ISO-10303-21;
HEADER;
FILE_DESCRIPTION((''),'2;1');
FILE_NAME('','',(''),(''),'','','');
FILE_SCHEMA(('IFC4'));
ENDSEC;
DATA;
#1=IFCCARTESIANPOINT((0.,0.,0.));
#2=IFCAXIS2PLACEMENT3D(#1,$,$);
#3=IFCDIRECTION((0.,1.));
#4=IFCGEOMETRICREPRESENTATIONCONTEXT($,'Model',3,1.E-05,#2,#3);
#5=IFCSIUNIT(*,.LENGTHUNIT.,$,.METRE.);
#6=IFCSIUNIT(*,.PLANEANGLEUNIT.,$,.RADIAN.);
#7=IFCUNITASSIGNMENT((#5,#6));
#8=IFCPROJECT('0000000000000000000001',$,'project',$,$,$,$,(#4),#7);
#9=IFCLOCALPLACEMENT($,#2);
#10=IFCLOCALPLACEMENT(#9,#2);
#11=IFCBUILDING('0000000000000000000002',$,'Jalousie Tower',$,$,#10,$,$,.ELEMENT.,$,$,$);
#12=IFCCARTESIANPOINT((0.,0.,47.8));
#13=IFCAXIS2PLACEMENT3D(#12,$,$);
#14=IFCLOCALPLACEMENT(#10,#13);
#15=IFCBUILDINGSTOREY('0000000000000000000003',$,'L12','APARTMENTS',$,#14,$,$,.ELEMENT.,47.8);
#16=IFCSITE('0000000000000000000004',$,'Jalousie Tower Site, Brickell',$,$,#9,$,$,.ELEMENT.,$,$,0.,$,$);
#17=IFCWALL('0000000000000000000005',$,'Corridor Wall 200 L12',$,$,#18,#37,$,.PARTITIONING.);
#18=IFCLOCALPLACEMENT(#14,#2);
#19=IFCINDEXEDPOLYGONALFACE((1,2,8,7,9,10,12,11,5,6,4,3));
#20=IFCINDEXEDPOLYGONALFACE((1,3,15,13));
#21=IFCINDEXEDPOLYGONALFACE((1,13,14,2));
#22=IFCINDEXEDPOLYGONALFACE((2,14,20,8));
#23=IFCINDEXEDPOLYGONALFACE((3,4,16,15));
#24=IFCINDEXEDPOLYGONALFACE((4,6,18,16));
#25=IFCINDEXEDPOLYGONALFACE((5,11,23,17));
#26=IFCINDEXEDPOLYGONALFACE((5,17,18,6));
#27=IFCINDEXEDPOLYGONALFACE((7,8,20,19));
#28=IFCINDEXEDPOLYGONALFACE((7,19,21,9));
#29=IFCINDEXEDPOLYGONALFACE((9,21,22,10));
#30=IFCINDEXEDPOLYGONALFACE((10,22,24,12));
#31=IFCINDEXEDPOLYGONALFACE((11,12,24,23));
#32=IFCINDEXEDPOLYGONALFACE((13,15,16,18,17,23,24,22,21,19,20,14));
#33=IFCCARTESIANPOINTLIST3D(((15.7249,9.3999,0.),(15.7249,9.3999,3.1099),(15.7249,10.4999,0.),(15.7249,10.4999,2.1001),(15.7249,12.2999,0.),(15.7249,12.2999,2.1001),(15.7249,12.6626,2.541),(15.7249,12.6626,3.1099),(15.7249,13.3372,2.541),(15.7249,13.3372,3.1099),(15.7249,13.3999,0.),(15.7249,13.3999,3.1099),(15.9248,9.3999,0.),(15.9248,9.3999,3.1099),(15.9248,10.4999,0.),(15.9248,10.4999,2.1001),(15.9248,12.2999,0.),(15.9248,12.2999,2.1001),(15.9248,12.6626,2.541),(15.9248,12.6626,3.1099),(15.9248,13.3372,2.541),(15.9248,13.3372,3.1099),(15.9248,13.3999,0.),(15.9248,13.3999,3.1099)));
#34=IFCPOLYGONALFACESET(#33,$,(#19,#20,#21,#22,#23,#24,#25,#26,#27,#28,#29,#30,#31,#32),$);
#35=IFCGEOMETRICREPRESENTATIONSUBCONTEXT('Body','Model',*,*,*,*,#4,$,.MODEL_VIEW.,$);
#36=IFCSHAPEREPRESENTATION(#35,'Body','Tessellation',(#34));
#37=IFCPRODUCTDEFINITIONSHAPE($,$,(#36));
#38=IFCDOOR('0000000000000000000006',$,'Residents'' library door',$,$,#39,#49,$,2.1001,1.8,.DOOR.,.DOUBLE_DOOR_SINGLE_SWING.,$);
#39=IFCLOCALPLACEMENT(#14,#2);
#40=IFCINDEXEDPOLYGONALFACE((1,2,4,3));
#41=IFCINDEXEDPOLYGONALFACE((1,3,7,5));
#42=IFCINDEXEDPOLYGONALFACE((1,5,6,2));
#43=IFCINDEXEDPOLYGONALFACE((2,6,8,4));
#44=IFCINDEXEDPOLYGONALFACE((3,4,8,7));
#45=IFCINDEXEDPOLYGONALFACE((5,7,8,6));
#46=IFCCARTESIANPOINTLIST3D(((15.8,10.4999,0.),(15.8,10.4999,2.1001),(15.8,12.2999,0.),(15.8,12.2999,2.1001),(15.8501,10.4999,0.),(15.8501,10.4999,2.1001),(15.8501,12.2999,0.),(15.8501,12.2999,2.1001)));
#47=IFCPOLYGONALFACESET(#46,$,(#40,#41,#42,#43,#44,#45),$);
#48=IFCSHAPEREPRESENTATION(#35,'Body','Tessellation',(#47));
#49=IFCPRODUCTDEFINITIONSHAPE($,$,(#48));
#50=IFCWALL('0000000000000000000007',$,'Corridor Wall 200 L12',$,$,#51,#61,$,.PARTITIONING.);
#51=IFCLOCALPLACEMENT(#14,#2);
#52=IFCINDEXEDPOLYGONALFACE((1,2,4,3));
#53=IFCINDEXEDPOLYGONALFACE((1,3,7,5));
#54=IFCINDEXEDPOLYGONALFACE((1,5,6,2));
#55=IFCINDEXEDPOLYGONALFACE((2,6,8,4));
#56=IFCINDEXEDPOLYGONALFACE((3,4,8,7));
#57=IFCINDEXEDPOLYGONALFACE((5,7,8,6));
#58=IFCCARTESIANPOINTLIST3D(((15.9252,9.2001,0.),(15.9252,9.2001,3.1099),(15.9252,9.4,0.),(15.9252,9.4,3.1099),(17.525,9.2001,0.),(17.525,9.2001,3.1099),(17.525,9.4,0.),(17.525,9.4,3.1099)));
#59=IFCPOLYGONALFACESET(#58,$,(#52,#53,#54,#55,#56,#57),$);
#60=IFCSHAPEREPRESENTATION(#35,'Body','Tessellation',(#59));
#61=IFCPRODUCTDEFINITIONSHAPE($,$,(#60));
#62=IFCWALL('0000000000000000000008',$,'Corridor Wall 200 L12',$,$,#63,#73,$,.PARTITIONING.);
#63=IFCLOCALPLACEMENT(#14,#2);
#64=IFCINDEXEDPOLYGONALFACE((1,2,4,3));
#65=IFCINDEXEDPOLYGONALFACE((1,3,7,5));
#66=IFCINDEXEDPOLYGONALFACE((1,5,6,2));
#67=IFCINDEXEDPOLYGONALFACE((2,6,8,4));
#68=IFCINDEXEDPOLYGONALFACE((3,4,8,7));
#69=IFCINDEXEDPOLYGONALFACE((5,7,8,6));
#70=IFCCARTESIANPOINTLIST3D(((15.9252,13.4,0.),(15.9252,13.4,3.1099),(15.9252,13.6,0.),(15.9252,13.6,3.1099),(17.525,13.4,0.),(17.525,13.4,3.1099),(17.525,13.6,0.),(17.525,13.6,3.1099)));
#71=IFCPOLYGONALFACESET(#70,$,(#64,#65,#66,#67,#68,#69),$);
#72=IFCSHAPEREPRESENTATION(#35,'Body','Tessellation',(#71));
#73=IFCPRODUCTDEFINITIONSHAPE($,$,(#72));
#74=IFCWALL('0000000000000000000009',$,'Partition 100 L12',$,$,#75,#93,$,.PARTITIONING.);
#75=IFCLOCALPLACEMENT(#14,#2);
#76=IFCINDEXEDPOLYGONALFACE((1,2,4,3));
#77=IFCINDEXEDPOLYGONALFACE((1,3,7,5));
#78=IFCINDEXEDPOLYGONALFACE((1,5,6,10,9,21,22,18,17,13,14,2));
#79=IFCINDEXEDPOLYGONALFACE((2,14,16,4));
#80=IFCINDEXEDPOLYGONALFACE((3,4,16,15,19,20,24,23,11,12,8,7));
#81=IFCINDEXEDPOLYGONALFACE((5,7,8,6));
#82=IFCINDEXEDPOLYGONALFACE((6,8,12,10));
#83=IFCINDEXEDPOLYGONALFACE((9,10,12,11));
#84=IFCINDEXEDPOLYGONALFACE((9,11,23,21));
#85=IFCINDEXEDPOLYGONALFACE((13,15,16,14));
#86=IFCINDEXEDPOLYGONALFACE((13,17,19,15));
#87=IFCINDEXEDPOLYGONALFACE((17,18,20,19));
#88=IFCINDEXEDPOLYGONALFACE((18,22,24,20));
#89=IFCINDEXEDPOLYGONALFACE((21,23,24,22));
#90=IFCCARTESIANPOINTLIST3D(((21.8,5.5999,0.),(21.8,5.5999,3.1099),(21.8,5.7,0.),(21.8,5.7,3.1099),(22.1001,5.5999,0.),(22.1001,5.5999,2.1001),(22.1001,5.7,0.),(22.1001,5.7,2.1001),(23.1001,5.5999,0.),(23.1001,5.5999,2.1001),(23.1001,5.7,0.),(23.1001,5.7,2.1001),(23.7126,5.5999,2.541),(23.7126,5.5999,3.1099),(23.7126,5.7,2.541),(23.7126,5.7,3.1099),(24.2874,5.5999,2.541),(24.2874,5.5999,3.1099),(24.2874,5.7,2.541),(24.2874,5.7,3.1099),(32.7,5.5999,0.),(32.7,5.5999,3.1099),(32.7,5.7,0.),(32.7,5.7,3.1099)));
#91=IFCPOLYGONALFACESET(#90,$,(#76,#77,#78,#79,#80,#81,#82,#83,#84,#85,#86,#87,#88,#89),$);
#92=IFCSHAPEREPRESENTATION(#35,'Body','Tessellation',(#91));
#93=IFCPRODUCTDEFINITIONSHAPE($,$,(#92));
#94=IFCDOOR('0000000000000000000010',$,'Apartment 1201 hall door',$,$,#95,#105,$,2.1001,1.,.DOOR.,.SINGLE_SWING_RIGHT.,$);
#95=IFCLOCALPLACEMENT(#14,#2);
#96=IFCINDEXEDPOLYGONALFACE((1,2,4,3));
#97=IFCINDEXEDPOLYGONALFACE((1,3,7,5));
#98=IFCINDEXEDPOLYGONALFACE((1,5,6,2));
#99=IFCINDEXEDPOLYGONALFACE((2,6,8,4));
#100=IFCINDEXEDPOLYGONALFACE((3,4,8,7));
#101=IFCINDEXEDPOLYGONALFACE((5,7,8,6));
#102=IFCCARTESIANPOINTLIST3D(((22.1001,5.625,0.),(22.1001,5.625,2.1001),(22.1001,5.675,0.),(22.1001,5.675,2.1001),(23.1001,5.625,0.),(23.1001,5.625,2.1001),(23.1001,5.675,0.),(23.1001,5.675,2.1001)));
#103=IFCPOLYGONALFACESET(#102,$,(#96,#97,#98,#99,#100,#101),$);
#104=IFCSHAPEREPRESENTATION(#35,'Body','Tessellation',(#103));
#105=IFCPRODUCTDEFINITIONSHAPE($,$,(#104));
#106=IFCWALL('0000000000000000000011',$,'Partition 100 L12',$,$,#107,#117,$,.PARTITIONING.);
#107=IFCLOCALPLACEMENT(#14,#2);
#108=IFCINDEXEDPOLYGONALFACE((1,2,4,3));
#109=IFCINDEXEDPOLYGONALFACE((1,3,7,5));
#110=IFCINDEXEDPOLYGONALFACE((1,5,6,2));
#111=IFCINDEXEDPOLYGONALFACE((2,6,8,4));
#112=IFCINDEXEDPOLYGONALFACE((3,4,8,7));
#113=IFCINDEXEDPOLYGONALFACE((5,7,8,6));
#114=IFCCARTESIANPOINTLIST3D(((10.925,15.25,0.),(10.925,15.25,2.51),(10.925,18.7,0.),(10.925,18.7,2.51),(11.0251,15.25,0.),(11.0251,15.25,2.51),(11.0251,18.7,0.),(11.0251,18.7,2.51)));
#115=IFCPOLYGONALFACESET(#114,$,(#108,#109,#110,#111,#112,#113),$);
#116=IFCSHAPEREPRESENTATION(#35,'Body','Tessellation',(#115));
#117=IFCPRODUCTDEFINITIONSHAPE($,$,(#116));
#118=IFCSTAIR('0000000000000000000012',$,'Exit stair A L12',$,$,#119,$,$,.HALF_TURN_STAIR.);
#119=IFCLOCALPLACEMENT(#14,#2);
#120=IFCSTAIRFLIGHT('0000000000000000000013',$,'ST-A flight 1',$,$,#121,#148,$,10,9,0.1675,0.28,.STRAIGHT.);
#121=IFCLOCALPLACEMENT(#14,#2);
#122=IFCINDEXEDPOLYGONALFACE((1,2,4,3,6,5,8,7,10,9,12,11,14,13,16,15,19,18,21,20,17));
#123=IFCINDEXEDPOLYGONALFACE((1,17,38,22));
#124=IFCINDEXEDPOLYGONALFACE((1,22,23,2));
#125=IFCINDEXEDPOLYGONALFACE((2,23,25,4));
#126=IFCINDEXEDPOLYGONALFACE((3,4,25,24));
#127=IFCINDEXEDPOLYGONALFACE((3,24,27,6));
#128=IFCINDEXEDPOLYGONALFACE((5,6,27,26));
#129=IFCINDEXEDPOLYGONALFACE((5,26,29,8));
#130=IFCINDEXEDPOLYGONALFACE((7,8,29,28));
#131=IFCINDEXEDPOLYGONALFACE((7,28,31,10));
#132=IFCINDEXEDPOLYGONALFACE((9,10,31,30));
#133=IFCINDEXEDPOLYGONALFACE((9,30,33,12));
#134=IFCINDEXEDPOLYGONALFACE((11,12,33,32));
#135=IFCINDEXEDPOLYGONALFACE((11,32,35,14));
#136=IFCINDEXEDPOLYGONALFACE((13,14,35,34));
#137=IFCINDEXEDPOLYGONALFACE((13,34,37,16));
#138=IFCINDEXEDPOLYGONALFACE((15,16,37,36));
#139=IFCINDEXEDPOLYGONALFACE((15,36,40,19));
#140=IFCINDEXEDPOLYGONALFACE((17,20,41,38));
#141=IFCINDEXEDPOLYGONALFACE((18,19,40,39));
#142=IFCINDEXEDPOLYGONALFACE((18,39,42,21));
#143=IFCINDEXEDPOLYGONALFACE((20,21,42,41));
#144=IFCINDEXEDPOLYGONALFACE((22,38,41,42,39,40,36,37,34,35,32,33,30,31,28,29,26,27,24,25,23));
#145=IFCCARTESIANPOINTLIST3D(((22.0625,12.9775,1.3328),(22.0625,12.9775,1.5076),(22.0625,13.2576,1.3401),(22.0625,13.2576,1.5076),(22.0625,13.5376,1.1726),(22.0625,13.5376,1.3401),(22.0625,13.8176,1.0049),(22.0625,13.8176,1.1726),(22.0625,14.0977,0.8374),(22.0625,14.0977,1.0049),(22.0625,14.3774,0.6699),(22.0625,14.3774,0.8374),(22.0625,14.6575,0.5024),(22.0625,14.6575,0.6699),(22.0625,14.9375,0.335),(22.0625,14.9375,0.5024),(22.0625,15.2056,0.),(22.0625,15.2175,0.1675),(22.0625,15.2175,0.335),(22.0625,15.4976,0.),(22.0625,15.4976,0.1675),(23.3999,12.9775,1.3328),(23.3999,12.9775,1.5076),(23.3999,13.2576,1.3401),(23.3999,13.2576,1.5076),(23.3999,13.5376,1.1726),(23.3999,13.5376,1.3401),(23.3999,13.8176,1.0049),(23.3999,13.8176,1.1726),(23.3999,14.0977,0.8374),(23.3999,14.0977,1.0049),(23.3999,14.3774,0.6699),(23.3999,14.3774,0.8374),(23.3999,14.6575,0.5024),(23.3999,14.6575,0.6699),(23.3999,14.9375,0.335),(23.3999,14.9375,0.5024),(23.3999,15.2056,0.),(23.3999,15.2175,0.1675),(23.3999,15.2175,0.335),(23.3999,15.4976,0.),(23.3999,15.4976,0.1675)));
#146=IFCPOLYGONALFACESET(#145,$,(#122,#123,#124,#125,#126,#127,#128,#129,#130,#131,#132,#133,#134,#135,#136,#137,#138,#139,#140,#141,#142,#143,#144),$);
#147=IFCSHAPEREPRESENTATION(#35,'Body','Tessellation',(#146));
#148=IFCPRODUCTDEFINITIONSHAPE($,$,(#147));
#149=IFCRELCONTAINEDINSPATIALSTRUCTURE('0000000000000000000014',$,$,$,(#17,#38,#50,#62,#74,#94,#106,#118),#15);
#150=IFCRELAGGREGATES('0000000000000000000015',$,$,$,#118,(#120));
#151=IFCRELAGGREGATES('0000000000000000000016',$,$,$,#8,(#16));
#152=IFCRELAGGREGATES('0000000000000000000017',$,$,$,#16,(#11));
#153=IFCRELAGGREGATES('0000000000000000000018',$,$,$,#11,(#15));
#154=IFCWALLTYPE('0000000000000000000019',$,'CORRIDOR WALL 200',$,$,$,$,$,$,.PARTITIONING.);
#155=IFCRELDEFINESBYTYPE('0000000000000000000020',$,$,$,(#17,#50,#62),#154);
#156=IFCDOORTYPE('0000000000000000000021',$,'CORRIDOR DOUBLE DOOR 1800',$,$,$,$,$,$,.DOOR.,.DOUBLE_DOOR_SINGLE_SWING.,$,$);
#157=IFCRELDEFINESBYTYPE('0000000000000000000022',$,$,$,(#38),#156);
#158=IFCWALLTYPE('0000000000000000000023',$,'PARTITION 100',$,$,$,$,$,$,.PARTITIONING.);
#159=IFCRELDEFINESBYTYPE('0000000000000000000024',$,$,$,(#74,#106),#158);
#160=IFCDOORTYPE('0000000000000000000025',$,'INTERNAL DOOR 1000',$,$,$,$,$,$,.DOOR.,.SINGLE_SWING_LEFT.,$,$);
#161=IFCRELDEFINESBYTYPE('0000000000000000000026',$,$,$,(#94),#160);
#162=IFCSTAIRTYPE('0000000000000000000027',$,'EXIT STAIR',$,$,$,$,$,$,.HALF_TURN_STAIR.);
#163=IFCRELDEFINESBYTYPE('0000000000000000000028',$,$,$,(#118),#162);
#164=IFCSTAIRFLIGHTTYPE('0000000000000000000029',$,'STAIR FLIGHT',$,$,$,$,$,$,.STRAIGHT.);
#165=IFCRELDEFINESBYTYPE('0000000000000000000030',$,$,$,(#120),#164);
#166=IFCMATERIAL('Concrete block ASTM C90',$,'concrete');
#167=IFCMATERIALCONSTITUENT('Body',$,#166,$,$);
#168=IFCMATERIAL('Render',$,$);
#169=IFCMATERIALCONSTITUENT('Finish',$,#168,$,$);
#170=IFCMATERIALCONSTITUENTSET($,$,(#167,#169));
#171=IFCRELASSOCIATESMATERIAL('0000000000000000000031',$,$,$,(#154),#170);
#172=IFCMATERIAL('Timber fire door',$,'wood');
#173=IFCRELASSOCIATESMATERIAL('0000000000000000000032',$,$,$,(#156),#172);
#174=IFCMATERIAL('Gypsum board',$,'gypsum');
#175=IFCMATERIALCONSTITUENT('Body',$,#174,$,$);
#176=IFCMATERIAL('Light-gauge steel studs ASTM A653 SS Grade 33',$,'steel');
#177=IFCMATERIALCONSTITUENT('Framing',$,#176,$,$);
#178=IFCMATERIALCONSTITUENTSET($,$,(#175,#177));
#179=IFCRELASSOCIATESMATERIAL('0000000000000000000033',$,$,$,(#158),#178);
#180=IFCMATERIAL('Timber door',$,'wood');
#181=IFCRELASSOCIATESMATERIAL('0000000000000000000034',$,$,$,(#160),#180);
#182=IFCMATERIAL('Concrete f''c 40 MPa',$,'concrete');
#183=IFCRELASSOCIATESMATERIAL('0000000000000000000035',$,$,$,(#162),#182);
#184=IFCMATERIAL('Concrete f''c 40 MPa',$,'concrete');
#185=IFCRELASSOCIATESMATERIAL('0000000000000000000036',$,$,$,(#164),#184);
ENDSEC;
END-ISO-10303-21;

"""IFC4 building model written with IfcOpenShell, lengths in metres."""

from ifc_helpers import new_model, si_unit, direction, frame, frame_2d, origin, place, context, subcontext, project, spatial, polyline, rectangle, outline, extrude, material, constituent, constituent_set, type_object, element, fill, aggregate, save


model = new_model("IFC4")

# Units and contexts
model_context = context("Model", 3, precision=1e-05, world=origin(), true_north=direction((0.0, 1.0)))
body_context = subcontext(model_context, "Body", "Model", "MODEL_VIEW")
ifc_project = project(units=[si_unit("LENGTHUNIT", "METRE"), si_unit("PLANEANGLEUNIT", "RADIAN")], contexts=[model_context])

# Site, building, storey
site_placement = place(None, origin())
site = spatial("IfcSite", under=ifc_project, at=site_placement, Name="Jalousie Tower Site, Brickell", CompositionType="ELEMENT", RefElevation=0.0)
building_placement = place(site_placement, origin())
building = spatial("IfcBuilding", under=site, at=building_placement, Name="Jalousie Tower", CompositionType="ELEMENT")
storey_placement = place(building_placement, frame((0.0, 0.0, 47.8)))
storey = spatial("IfcBuildingStorey", under=building, at=storey_placement, Name="L12", Description="APARTMENTS", CompositionType="ELEMENT", Elevation=47.8)

# Shared definitions
ifc_material_1 = material(Name="Concrete block ASTM C90", Category="concrete")
ifc_constituent_1 = constituent(ifc_material_1, Name="Body")
ifc_material_2 = material(Name="Render")
ifc_constituent_2 = constituent(ifc_material_2, Name="Finish")
ifc_constituent_set_1 = constituent_set(constituents=[ifc_constituent_1, ifc_constituent_2])
wall_type_1 = type_object("IfcWallType", Name="CORRIDOR WALL 200", PredefinedType="PARTITIONING", material=ifc_constituent_set_1)

# Wall, opening, door
wall_1_placement = place(storey_placement, frame((15.825, 9.3999, 0.0), z_axis=(0.0, 0.0, 1.0), x_axis=(0.0, 1.0, 0.0)))
wall_1 = element("IfcWall", 1, at=wall_1_placement, inside=storey, type_object=wall_type_1, Name="Corridor Wall 200 L12", PredefinedType="PARTITIONING", context=body_context, shape_type="SweptSolid", body=[
    extrude(outline(polyline([(0.0, 0.0), (4.0, 0.0), (4.0, 3.1099), (3.9373, 3.1099), (3.9373, 2.541), (3.2627, 2.541), (3.2627, 3.1099), (0.0, 3.1099), (0.0, 0.0)])), frame((0.0, 0.1001, 0.0), z_axis=(0.0, -1.0, 0.0), x_axis=(1.0, 0.0, 0.0)), (0.0, 0.0, 1.0), 0.2),
])
opening_1_placement = place(wall_1_placement, frame((1.1001, 0.0, 0.0)))
opening_1 = element("IfcOpeningElement", 2, at=opening_1_placement, cuts=wall_1, PredefinedType="OPENING", context=body_context, shape_type="SweptSolid", body=[
    extrude(rectangle(XDim=1.8, YDim=2.1001, at=frame_2d((0.8999, 1.05))), frame((0.0, 0.1099, 0.0), z_axis=(0.0, -1.0, 0.0), x_axis=(1.0, 0.0, 0.0)), (0.0, 0.0, 1.0), 0.22),
])
ifc_material_3 = material(Name="Timber fire door", Category="wood")
door_type_1 = type_object("IfcDoorType", Name="CORRIDOR DOUBLE DOOR 1800", OperationType="DOUBLE_DOOR_SINGLE_SWING", PredefinedType="DOOR", material=ifc_material_3)
door_1_placement = place(opening_1_placement, origin())
door_1 = element("IfcDoor", 3, at=door_1_placement, inside=storey, type_object=door_type_1, Name="Residents' library door", OperationType="DOUBLE_DOOR_SINGLE_SWING", OverallHeight=2.1001, OverallWidth=1.8, PredefinedType="DOOR", context=body_context, shape_type="SweptSolid", body=[
    extrude(rectangle(XDim=1.8, YDim=2.1001, at=frame_2d((0.8999, 1.05))), frame((0.0, 0.0249, 0.0), z_axis=(0.0, -1.0, 0.0), x_axis=(1.0, 0.0, 0.0)), (0.0, 0.0, 1.0), 0.05),
])
fill(opening_1, door_1)

# Walls
for number, where, z_axis, x_axis, name in (
    (4, (17.5249, 9.3, 0.0), (0.0, 0.0, 1.0), (-1.0, 0.0, 0.0), "Corridor Wall 200 L12"),
    (5, (17.5249, 13.5, 0.0), (0.0, 0.0, 1.0), (-1.0, 0.0, 0.0), "Corridor Wall 200 L12"),
):
    element("IfcWall", number, at=place(storey_placement, frame(where, z_axis=z_axis, x_axis=x_axis)), inside=storey, type_object=wall_type_1, Name=name, PredefinedType="PARTITIONING", context=body_context, shape_type="SweptSolid", body=[
        extrude(rectangle(XDim=1.5999, YDim=0.2, at=frame_2d((0.7998, 0.0))), origin(), (0.0, 0.0, 1.0), 3.1099),
    ])

# Wall, opening, door
ifc_material_4 = material(Name="Gypsum board", Category="gypsum")
ifc_constituent_3 = constituent(ifc_material_4, Name="Body")
ifc_material_5 = material(Name="Light-gauge steel studs ASTM A653 SS Grade 33", Category="steel")
ifc_constituent_4 = constituent(ifc_material_5, Name="Framing")
ifc_constituent_set_2 = constituent_set(constituents=[ifc_constituent_3, ifc_constituent_4])
wall_type_2 = type_object("IfcWallType", Name="PARTITION 100", PredefinedType="PARTITIONING", material=ifc_constituent_set_2)
wall_2_placement = place(storey_placement, frame((21.8, 5.6499, 0.0), z_axis=(0.0, 0.0, 1.0), x_axis=(1.0, 0.0, 0.0)))
wall_2 = element("IfcWall", 6, at=wall_2_placement, inside=storey, type_object=wall_type_2, Name="Partition 100 L12", PredefinedType="PARTITIONING", context=body_context, shape_type="SweptSolid", body=[
    extrude(outline(polyline([(0.0, 0.0), (10.8999, 0.0), (10.8999, 3.1099), (2.4873, 3.1099), (2.4873, 2.541), (1.9126, 2.541), (1.9126, 3.1099), (0.0, 3.1099), (0.0, 0.0)])), frame((0.0, 0.05, 0.0), z_axis=(0.0, -1.0, 0.0), x_axis=(1.0, 0.0, 0.0)), (0.0, 0.0, 1.0), 0.1001),
])
opening_2_placement = place(wall_2_placement, frame((0.3, 0.0, 0.0)))
opening_2 = element("IfcOpeningElement", 7, at=opening_2_placement, cuts=wall_2, PredefinedType="OPENING", context=body_context, shape_type="SweptSolid", body=[
    extrude(rectangle(XDim=1.0, YDim=2.1001, at=frame_2d((0.5, 1.05))), frame((0.0, 0.0601, 0.0), z_axis=(0.0, -1.0, 0.0), x_axis=(1.0, 0.0, 0.0)), (0.0, 0.0, 1.0), 0.1201),
])
ifc_material_6 = material(Name="Timber door", Category="wood")
door_type_2 = type_object("IfcDoorType", Name="INTERNAL DOOR 1000", OperationType="SINGLE_SWING_LEFT", PredefinedType="DOOR", material=ifc_material_6)
door_2_placement = place(opening_2_placement, frame((1.0, 0.0, 0.0), z_axis=(0.0, 0.0, 1.0), x_axis=(-1.0, 0.0, 0.0)))
door_2 = element("IfcDoor", 8, at=door_2_placement, inside=storey, type_object=door_type_2, Name="Apartment 1201 hall door", OperationType="SINGLE_SWING_RIGHT", OverallHeight=2.1001, OverallWidth=1.0, PredefinedType="DOOR", context=body_context, shape_type="SweptSolid", body=[
    extrude(rectangle(XDim=1.0, YDim=2.1001, at=frame_2d((0.5, 1.05))), frame((0.0, 0.0249, 0.0), z_axis=(0.0, -1.0, 0.0), x_axis=(1.0, 0.0, 0.0)), (0.0, 0.0, 1.0), 0.05),
])
fill(opening_2, door_2)

# Wall
wall_3_placement = place(storey_placement, frame((10.9751, 15.25, 0.0), z_axis=(0.0, 0.0, 1.0), x_axis=(0.0, 1.0, 0.0)))
element("IfcWall", 9, at=wall_3_placement, inside=storey, type_object=wall_type_2, Name="Partition 100 L12", PredefinedType="PARTITIONING", context=body_context, shape_type="SweptSolid", body=[
    extrude(outline(polyline([(0.0, 0.0), (3.45, 0.0), (3.45, 3.1099), (3.45, 2.51), (0.0, 2.51), (0.0, 3.1099), (0.0, 0.0)])), frame((0.0, 0.05, 0.0), z_axis=(0.0, -1.0, 0.0), x_axis=(1.0, 0.0, 0.0)), (0.0, 0.0, 1.0), 0.1001),
])

# Stair, stair flight
ifc_material_7 = material(Name="Concrete f'c 40 MPa", Category="concrete")
stair_type = type_object("IfcStairType", Name="EXIT STAIR", PredefinedType="HALF_TURN_STAIR", material=ifc_material_7)
stair_placement = place(storey_placement, origin())
stair = element("IfcStair", 10, at=stair_placement, inside=storey, type_object=stair_type, Name="Exit stair A L12", PredefinedType="HALF_TURN_STAIR")
ifc_material_8 = material(Name="Concrete f'c 40 MPa", Category="concrete")
stair_flight_type = type_object("IfcStairFlightType", Name="STAIR FLIGHT", PredefinedType="STRAIGHT", material=ifc_material_8)
stair_flight_1_placement = place(storey_placement, frame((22.7312, 15.4976, 0.0), z_axis=(0.0, 0.0, 1.0), x_axis=(0.0, -1.0, 0.0)))
stair_flight_1 = element("IfcStairFlight", 11, at=stair_flight_1_placement, type_object=stair_flight_type, Name="ST-A flight 1", NumberOfRisers=10, NumberOfTreads=9, PredefinedType="STRAIGHT", RiserHeight=0.1675, TreadLength=0.28, context=body_context, shape_type="SweptSolid", body=[
    extrude(outline(polyline([(0.0, 0.0), (0.0, 0.1675), (0.28, 0.1675), (0.28, 0.335), (0.5601, 0.335), (0.5601, 0.5024), (0.8401, 0.5024), (0.8401, 0.6699), (1.1201, 0.6699), (1.1201, 0.8374), (1.3999, 0.8374), (1.3999, 1.0049), (1.6799, 1.0049), (1.6799, 1.1726), (1.96, 1.1726), (1.96, 1.3401), (2.24, 1.3401), (2.24, 1.5076), (2.52, 1.5076), (2.52, 1.675), (2.52, 1.3328), (0.292, 0.0), (0.0, 0.0)])), frame((0.0, 0.6687, 0.0), z_axis=(0.0, -1.0, 0.0), x_axis=(1.0, 0.0, 0.0)), (0.0, 0.0, 1.0), 1.3374),
])
aggregate(stair, [stair_flight_1])

save(model, "model.ifc")
